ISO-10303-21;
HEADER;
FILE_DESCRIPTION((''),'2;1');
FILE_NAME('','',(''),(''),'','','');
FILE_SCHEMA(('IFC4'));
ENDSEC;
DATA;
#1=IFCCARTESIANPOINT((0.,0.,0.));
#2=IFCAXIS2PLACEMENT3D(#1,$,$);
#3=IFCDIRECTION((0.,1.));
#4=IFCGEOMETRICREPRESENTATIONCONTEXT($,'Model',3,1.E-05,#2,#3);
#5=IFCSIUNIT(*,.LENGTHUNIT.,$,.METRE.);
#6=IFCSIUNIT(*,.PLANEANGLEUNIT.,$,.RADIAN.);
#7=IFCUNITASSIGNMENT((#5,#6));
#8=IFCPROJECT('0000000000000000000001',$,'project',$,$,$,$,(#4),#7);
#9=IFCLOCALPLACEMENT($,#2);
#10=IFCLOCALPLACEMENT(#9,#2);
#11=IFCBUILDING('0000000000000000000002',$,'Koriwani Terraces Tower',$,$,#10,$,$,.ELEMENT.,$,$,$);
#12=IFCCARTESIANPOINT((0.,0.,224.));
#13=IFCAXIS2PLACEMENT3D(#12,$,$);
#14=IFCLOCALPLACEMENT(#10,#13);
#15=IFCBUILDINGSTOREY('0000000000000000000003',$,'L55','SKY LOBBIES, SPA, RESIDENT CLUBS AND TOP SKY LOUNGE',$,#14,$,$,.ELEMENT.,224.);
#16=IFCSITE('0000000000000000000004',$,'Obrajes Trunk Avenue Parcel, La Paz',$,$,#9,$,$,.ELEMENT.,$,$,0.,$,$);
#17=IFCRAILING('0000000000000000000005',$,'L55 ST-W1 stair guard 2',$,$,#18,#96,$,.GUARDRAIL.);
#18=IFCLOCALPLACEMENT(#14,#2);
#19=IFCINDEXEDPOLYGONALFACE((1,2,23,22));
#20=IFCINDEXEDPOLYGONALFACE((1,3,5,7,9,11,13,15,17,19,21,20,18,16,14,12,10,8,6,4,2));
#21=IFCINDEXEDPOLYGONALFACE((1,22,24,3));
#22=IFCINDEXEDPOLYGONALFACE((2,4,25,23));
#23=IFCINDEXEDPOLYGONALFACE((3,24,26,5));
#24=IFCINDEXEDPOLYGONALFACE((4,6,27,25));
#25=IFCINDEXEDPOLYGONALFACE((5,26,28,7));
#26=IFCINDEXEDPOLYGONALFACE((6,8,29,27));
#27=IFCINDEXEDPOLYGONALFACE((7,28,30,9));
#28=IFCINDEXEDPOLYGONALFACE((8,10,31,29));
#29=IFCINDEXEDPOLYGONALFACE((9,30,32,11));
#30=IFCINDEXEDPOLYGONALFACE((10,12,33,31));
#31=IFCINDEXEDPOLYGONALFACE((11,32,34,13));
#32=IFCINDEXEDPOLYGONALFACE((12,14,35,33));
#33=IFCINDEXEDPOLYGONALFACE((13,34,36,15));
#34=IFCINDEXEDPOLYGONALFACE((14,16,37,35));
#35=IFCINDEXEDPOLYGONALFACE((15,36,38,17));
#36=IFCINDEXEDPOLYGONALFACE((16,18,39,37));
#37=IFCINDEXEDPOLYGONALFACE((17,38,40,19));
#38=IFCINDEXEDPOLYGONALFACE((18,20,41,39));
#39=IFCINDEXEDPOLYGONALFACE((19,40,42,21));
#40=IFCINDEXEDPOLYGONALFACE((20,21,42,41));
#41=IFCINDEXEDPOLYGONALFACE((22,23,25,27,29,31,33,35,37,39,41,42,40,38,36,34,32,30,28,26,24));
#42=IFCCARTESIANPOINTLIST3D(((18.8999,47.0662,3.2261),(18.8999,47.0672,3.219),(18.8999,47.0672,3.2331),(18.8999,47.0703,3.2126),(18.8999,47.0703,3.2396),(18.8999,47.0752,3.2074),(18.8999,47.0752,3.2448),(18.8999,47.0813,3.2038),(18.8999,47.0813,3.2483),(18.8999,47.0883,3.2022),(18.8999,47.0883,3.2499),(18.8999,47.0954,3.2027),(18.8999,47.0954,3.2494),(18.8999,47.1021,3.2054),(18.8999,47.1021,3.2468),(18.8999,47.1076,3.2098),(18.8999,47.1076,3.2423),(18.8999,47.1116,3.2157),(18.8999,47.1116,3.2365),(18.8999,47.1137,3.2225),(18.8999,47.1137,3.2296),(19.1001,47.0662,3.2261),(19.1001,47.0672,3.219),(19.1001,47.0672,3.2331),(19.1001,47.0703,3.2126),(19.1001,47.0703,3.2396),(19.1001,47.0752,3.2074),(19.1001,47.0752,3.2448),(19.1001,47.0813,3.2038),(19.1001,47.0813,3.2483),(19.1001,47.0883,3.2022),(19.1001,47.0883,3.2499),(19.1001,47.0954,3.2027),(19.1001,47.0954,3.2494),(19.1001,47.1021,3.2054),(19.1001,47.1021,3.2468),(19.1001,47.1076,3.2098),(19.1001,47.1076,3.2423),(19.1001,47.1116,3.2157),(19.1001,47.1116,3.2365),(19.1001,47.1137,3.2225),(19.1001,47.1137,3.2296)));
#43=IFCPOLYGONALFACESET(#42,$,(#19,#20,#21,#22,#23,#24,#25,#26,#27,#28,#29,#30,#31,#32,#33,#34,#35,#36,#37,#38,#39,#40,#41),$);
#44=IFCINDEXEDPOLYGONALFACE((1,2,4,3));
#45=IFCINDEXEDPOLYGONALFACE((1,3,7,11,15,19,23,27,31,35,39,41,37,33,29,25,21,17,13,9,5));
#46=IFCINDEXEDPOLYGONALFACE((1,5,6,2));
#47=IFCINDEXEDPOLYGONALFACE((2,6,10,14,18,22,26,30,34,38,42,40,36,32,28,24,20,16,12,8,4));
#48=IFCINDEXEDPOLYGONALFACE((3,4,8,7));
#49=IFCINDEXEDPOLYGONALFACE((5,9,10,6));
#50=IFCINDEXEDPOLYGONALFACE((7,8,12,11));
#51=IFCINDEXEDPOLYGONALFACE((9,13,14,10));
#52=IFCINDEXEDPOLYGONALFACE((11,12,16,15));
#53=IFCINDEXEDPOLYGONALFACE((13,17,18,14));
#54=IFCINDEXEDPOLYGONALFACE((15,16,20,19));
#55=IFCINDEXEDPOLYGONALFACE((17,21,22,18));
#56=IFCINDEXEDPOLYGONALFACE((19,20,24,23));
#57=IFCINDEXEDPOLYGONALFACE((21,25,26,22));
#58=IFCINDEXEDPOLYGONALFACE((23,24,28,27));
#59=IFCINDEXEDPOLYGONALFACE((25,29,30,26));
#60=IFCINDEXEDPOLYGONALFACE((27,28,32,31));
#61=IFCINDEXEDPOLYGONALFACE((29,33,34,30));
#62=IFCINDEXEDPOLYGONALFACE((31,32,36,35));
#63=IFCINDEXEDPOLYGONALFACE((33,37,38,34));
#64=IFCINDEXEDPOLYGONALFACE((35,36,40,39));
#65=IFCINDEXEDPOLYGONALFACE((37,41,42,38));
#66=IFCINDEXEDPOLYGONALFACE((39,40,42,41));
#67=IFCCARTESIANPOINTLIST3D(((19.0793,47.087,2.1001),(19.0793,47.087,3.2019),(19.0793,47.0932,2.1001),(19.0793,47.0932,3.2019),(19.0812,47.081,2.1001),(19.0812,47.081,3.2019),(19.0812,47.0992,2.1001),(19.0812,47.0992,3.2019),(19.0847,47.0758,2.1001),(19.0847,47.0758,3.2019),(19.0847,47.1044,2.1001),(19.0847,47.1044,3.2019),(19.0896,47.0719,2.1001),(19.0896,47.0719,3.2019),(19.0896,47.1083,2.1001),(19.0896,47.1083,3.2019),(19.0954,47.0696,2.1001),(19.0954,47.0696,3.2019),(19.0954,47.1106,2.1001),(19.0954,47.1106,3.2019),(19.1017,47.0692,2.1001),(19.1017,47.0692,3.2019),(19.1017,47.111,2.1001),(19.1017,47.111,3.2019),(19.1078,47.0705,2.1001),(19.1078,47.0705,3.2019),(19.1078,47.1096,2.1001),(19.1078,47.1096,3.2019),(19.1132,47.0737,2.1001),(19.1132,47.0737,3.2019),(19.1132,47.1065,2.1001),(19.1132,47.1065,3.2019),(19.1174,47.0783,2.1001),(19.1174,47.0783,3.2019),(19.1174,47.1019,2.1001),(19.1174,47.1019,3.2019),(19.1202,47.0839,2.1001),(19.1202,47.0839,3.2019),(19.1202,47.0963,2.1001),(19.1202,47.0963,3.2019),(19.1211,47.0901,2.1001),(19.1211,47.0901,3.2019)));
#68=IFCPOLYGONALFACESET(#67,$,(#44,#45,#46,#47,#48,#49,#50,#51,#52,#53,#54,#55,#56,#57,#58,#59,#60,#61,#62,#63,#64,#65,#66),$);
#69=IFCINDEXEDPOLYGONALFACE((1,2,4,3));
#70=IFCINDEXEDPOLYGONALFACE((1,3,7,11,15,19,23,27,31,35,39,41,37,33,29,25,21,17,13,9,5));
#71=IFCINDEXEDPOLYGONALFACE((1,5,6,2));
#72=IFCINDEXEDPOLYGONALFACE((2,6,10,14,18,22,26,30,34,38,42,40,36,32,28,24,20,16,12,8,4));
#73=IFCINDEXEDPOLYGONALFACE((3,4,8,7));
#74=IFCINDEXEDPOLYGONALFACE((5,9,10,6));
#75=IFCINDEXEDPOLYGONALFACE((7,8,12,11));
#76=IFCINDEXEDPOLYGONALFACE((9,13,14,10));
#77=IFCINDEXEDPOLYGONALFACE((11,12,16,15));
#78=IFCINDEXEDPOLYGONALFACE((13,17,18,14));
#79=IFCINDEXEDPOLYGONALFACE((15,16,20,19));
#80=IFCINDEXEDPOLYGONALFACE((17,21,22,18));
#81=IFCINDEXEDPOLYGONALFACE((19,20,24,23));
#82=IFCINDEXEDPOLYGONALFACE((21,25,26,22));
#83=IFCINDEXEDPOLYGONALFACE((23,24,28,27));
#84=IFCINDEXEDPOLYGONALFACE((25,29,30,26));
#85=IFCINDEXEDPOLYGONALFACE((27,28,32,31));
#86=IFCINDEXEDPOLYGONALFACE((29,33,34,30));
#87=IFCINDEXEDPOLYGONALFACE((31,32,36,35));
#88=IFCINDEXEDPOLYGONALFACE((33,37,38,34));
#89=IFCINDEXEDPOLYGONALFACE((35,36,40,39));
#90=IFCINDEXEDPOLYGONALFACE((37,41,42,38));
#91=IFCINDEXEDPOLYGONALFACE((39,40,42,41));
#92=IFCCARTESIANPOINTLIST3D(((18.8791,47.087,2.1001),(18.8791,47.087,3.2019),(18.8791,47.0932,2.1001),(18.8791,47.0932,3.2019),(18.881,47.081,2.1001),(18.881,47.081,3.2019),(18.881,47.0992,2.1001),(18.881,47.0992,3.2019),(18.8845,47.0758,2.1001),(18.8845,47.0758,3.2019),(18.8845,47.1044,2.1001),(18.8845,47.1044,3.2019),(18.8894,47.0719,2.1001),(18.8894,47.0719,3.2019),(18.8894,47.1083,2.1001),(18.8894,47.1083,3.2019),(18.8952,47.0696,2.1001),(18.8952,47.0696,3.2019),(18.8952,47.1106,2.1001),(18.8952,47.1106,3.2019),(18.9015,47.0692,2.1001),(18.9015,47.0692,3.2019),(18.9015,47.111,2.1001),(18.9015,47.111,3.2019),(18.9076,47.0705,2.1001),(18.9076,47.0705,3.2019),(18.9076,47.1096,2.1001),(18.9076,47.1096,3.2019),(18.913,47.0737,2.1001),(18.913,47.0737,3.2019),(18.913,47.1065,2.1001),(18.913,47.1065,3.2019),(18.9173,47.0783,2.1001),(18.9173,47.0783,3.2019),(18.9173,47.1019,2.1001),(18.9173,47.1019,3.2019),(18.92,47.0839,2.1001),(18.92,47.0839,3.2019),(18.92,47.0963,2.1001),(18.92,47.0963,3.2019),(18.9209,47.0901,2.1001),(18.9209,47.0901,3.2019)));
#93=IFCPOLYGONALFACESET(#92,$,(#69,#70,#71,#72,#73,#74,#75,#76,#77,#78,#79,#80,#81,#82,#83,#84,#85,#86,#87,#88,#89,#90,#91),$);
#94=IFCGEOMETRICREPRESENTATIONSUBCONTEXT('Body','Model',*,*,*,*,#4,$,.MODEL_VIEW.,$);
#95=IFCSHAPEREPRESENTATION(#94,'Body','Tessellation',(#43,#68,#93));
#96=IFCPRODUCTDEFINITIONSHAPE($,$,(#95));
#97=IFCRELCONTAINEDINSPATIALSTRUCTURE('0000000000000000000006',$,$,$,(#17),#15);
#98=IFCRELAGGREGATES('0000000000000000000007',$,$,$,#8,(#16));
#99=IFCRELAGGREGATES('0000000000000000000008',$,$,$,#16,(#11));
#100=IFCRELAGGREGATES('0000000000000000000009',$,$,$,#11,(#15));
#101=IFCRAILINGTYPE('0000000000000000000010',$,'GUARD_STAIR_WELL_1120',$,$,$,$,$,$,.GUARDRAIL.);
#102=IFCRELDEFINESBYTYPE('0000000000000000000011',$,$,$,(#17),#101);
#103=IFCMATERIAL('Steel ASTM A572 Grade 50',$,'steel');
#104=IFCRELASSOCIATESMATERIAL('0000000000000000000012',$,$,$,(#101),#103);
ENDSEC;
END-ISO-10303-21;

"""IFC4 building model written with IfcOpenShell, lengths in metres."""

from ifc_helpers import new_model, si_unit, direction, frame, origin, origin_2d, place, context, subcontext, project, spatial, circle, extrude, material, type_object, element, save


model = new_model("IFC4")

# Units and contexts
model_context = context("Model", 3, precision=1e-05, world=origin(), true_north=direction((0.0, 1.0)))
body_context = subcontext(model_context, "Body", "Model", "MODEL_VIEW")
ifc_project = project(units=[si_unit("LENGTHUNIT", "METRE"), si_unit("PLANEANGLEUNIT", "RADIAN")], contexts=[model_context])

# Site, building, storey
site_placement = place(None, origin())
site = spatial("IfcSite", under=ifc_project, at=site_placement, Name="Obrajes Trunk Avenue Parcel, La Paz", CompositionType="ELEMENT", RefElevation=0.0)
building_placement = place(site_placement, origin())
building = spatial("IfcBuilding", under=site, at=building_placement, Name="Koriwani Terraces Tower", CompositionType="ELEMENT")
storey_placement = place(building_placement, frame((0.0, 0.0, 224.0)))
storey = spatial("IfcBuildingStorey", under=building, at=storey_placement, Name="L55", Description="SKY LOBBIES, SPA, RESIDENT CLUBS AND TOP SKY LOUNGE", CompositionType="ELEMENT", Elevation=224.0)

# Shared definitions
ifc_material_1 = material(Name="Steel ASTM A572 Grade 50", Category="steel")

# Railing
railing_type_1 = type_object("IfcRailingType", Name="GUARD_STAIR_WELL_1120", PredefinedType="GUARDRAIL", material=ifc_material_1)
railing_1_placement = place(storey_placement, frame((19.1001, 47.0901, 2.1001)))
element("IfcRailing", 1, at=railing_1_placement, inside=storey, type_object=railing_type_1, Name="L55 ST-W1 stair guard 2", PredefinedType="GUARDRAIL", context=body_context, shape_type="SweptSolid", body=[
    extrude(circle(Radius=0.0239, at=origin_2d()), frame((0.0, 0.0, 1.126), z_axis=(-1.0, 0.0, 0.0), x_axis=(0.0, -1.0, 0.0)), (0.0, 0.0, 1.0), 0.2002),
    extrude(circle(Radius=0.021, at=origin_2d()), origin(), (0.0, 0.0, 1.0), 1.1018),
    extrude(circle(Radius=0.021, at=origin_2d()), frame((-0.2002, 0.0, 0.0)), (0.0, 0.0, 1.0), 1.1018),
])

save(model, "model.ifc")
